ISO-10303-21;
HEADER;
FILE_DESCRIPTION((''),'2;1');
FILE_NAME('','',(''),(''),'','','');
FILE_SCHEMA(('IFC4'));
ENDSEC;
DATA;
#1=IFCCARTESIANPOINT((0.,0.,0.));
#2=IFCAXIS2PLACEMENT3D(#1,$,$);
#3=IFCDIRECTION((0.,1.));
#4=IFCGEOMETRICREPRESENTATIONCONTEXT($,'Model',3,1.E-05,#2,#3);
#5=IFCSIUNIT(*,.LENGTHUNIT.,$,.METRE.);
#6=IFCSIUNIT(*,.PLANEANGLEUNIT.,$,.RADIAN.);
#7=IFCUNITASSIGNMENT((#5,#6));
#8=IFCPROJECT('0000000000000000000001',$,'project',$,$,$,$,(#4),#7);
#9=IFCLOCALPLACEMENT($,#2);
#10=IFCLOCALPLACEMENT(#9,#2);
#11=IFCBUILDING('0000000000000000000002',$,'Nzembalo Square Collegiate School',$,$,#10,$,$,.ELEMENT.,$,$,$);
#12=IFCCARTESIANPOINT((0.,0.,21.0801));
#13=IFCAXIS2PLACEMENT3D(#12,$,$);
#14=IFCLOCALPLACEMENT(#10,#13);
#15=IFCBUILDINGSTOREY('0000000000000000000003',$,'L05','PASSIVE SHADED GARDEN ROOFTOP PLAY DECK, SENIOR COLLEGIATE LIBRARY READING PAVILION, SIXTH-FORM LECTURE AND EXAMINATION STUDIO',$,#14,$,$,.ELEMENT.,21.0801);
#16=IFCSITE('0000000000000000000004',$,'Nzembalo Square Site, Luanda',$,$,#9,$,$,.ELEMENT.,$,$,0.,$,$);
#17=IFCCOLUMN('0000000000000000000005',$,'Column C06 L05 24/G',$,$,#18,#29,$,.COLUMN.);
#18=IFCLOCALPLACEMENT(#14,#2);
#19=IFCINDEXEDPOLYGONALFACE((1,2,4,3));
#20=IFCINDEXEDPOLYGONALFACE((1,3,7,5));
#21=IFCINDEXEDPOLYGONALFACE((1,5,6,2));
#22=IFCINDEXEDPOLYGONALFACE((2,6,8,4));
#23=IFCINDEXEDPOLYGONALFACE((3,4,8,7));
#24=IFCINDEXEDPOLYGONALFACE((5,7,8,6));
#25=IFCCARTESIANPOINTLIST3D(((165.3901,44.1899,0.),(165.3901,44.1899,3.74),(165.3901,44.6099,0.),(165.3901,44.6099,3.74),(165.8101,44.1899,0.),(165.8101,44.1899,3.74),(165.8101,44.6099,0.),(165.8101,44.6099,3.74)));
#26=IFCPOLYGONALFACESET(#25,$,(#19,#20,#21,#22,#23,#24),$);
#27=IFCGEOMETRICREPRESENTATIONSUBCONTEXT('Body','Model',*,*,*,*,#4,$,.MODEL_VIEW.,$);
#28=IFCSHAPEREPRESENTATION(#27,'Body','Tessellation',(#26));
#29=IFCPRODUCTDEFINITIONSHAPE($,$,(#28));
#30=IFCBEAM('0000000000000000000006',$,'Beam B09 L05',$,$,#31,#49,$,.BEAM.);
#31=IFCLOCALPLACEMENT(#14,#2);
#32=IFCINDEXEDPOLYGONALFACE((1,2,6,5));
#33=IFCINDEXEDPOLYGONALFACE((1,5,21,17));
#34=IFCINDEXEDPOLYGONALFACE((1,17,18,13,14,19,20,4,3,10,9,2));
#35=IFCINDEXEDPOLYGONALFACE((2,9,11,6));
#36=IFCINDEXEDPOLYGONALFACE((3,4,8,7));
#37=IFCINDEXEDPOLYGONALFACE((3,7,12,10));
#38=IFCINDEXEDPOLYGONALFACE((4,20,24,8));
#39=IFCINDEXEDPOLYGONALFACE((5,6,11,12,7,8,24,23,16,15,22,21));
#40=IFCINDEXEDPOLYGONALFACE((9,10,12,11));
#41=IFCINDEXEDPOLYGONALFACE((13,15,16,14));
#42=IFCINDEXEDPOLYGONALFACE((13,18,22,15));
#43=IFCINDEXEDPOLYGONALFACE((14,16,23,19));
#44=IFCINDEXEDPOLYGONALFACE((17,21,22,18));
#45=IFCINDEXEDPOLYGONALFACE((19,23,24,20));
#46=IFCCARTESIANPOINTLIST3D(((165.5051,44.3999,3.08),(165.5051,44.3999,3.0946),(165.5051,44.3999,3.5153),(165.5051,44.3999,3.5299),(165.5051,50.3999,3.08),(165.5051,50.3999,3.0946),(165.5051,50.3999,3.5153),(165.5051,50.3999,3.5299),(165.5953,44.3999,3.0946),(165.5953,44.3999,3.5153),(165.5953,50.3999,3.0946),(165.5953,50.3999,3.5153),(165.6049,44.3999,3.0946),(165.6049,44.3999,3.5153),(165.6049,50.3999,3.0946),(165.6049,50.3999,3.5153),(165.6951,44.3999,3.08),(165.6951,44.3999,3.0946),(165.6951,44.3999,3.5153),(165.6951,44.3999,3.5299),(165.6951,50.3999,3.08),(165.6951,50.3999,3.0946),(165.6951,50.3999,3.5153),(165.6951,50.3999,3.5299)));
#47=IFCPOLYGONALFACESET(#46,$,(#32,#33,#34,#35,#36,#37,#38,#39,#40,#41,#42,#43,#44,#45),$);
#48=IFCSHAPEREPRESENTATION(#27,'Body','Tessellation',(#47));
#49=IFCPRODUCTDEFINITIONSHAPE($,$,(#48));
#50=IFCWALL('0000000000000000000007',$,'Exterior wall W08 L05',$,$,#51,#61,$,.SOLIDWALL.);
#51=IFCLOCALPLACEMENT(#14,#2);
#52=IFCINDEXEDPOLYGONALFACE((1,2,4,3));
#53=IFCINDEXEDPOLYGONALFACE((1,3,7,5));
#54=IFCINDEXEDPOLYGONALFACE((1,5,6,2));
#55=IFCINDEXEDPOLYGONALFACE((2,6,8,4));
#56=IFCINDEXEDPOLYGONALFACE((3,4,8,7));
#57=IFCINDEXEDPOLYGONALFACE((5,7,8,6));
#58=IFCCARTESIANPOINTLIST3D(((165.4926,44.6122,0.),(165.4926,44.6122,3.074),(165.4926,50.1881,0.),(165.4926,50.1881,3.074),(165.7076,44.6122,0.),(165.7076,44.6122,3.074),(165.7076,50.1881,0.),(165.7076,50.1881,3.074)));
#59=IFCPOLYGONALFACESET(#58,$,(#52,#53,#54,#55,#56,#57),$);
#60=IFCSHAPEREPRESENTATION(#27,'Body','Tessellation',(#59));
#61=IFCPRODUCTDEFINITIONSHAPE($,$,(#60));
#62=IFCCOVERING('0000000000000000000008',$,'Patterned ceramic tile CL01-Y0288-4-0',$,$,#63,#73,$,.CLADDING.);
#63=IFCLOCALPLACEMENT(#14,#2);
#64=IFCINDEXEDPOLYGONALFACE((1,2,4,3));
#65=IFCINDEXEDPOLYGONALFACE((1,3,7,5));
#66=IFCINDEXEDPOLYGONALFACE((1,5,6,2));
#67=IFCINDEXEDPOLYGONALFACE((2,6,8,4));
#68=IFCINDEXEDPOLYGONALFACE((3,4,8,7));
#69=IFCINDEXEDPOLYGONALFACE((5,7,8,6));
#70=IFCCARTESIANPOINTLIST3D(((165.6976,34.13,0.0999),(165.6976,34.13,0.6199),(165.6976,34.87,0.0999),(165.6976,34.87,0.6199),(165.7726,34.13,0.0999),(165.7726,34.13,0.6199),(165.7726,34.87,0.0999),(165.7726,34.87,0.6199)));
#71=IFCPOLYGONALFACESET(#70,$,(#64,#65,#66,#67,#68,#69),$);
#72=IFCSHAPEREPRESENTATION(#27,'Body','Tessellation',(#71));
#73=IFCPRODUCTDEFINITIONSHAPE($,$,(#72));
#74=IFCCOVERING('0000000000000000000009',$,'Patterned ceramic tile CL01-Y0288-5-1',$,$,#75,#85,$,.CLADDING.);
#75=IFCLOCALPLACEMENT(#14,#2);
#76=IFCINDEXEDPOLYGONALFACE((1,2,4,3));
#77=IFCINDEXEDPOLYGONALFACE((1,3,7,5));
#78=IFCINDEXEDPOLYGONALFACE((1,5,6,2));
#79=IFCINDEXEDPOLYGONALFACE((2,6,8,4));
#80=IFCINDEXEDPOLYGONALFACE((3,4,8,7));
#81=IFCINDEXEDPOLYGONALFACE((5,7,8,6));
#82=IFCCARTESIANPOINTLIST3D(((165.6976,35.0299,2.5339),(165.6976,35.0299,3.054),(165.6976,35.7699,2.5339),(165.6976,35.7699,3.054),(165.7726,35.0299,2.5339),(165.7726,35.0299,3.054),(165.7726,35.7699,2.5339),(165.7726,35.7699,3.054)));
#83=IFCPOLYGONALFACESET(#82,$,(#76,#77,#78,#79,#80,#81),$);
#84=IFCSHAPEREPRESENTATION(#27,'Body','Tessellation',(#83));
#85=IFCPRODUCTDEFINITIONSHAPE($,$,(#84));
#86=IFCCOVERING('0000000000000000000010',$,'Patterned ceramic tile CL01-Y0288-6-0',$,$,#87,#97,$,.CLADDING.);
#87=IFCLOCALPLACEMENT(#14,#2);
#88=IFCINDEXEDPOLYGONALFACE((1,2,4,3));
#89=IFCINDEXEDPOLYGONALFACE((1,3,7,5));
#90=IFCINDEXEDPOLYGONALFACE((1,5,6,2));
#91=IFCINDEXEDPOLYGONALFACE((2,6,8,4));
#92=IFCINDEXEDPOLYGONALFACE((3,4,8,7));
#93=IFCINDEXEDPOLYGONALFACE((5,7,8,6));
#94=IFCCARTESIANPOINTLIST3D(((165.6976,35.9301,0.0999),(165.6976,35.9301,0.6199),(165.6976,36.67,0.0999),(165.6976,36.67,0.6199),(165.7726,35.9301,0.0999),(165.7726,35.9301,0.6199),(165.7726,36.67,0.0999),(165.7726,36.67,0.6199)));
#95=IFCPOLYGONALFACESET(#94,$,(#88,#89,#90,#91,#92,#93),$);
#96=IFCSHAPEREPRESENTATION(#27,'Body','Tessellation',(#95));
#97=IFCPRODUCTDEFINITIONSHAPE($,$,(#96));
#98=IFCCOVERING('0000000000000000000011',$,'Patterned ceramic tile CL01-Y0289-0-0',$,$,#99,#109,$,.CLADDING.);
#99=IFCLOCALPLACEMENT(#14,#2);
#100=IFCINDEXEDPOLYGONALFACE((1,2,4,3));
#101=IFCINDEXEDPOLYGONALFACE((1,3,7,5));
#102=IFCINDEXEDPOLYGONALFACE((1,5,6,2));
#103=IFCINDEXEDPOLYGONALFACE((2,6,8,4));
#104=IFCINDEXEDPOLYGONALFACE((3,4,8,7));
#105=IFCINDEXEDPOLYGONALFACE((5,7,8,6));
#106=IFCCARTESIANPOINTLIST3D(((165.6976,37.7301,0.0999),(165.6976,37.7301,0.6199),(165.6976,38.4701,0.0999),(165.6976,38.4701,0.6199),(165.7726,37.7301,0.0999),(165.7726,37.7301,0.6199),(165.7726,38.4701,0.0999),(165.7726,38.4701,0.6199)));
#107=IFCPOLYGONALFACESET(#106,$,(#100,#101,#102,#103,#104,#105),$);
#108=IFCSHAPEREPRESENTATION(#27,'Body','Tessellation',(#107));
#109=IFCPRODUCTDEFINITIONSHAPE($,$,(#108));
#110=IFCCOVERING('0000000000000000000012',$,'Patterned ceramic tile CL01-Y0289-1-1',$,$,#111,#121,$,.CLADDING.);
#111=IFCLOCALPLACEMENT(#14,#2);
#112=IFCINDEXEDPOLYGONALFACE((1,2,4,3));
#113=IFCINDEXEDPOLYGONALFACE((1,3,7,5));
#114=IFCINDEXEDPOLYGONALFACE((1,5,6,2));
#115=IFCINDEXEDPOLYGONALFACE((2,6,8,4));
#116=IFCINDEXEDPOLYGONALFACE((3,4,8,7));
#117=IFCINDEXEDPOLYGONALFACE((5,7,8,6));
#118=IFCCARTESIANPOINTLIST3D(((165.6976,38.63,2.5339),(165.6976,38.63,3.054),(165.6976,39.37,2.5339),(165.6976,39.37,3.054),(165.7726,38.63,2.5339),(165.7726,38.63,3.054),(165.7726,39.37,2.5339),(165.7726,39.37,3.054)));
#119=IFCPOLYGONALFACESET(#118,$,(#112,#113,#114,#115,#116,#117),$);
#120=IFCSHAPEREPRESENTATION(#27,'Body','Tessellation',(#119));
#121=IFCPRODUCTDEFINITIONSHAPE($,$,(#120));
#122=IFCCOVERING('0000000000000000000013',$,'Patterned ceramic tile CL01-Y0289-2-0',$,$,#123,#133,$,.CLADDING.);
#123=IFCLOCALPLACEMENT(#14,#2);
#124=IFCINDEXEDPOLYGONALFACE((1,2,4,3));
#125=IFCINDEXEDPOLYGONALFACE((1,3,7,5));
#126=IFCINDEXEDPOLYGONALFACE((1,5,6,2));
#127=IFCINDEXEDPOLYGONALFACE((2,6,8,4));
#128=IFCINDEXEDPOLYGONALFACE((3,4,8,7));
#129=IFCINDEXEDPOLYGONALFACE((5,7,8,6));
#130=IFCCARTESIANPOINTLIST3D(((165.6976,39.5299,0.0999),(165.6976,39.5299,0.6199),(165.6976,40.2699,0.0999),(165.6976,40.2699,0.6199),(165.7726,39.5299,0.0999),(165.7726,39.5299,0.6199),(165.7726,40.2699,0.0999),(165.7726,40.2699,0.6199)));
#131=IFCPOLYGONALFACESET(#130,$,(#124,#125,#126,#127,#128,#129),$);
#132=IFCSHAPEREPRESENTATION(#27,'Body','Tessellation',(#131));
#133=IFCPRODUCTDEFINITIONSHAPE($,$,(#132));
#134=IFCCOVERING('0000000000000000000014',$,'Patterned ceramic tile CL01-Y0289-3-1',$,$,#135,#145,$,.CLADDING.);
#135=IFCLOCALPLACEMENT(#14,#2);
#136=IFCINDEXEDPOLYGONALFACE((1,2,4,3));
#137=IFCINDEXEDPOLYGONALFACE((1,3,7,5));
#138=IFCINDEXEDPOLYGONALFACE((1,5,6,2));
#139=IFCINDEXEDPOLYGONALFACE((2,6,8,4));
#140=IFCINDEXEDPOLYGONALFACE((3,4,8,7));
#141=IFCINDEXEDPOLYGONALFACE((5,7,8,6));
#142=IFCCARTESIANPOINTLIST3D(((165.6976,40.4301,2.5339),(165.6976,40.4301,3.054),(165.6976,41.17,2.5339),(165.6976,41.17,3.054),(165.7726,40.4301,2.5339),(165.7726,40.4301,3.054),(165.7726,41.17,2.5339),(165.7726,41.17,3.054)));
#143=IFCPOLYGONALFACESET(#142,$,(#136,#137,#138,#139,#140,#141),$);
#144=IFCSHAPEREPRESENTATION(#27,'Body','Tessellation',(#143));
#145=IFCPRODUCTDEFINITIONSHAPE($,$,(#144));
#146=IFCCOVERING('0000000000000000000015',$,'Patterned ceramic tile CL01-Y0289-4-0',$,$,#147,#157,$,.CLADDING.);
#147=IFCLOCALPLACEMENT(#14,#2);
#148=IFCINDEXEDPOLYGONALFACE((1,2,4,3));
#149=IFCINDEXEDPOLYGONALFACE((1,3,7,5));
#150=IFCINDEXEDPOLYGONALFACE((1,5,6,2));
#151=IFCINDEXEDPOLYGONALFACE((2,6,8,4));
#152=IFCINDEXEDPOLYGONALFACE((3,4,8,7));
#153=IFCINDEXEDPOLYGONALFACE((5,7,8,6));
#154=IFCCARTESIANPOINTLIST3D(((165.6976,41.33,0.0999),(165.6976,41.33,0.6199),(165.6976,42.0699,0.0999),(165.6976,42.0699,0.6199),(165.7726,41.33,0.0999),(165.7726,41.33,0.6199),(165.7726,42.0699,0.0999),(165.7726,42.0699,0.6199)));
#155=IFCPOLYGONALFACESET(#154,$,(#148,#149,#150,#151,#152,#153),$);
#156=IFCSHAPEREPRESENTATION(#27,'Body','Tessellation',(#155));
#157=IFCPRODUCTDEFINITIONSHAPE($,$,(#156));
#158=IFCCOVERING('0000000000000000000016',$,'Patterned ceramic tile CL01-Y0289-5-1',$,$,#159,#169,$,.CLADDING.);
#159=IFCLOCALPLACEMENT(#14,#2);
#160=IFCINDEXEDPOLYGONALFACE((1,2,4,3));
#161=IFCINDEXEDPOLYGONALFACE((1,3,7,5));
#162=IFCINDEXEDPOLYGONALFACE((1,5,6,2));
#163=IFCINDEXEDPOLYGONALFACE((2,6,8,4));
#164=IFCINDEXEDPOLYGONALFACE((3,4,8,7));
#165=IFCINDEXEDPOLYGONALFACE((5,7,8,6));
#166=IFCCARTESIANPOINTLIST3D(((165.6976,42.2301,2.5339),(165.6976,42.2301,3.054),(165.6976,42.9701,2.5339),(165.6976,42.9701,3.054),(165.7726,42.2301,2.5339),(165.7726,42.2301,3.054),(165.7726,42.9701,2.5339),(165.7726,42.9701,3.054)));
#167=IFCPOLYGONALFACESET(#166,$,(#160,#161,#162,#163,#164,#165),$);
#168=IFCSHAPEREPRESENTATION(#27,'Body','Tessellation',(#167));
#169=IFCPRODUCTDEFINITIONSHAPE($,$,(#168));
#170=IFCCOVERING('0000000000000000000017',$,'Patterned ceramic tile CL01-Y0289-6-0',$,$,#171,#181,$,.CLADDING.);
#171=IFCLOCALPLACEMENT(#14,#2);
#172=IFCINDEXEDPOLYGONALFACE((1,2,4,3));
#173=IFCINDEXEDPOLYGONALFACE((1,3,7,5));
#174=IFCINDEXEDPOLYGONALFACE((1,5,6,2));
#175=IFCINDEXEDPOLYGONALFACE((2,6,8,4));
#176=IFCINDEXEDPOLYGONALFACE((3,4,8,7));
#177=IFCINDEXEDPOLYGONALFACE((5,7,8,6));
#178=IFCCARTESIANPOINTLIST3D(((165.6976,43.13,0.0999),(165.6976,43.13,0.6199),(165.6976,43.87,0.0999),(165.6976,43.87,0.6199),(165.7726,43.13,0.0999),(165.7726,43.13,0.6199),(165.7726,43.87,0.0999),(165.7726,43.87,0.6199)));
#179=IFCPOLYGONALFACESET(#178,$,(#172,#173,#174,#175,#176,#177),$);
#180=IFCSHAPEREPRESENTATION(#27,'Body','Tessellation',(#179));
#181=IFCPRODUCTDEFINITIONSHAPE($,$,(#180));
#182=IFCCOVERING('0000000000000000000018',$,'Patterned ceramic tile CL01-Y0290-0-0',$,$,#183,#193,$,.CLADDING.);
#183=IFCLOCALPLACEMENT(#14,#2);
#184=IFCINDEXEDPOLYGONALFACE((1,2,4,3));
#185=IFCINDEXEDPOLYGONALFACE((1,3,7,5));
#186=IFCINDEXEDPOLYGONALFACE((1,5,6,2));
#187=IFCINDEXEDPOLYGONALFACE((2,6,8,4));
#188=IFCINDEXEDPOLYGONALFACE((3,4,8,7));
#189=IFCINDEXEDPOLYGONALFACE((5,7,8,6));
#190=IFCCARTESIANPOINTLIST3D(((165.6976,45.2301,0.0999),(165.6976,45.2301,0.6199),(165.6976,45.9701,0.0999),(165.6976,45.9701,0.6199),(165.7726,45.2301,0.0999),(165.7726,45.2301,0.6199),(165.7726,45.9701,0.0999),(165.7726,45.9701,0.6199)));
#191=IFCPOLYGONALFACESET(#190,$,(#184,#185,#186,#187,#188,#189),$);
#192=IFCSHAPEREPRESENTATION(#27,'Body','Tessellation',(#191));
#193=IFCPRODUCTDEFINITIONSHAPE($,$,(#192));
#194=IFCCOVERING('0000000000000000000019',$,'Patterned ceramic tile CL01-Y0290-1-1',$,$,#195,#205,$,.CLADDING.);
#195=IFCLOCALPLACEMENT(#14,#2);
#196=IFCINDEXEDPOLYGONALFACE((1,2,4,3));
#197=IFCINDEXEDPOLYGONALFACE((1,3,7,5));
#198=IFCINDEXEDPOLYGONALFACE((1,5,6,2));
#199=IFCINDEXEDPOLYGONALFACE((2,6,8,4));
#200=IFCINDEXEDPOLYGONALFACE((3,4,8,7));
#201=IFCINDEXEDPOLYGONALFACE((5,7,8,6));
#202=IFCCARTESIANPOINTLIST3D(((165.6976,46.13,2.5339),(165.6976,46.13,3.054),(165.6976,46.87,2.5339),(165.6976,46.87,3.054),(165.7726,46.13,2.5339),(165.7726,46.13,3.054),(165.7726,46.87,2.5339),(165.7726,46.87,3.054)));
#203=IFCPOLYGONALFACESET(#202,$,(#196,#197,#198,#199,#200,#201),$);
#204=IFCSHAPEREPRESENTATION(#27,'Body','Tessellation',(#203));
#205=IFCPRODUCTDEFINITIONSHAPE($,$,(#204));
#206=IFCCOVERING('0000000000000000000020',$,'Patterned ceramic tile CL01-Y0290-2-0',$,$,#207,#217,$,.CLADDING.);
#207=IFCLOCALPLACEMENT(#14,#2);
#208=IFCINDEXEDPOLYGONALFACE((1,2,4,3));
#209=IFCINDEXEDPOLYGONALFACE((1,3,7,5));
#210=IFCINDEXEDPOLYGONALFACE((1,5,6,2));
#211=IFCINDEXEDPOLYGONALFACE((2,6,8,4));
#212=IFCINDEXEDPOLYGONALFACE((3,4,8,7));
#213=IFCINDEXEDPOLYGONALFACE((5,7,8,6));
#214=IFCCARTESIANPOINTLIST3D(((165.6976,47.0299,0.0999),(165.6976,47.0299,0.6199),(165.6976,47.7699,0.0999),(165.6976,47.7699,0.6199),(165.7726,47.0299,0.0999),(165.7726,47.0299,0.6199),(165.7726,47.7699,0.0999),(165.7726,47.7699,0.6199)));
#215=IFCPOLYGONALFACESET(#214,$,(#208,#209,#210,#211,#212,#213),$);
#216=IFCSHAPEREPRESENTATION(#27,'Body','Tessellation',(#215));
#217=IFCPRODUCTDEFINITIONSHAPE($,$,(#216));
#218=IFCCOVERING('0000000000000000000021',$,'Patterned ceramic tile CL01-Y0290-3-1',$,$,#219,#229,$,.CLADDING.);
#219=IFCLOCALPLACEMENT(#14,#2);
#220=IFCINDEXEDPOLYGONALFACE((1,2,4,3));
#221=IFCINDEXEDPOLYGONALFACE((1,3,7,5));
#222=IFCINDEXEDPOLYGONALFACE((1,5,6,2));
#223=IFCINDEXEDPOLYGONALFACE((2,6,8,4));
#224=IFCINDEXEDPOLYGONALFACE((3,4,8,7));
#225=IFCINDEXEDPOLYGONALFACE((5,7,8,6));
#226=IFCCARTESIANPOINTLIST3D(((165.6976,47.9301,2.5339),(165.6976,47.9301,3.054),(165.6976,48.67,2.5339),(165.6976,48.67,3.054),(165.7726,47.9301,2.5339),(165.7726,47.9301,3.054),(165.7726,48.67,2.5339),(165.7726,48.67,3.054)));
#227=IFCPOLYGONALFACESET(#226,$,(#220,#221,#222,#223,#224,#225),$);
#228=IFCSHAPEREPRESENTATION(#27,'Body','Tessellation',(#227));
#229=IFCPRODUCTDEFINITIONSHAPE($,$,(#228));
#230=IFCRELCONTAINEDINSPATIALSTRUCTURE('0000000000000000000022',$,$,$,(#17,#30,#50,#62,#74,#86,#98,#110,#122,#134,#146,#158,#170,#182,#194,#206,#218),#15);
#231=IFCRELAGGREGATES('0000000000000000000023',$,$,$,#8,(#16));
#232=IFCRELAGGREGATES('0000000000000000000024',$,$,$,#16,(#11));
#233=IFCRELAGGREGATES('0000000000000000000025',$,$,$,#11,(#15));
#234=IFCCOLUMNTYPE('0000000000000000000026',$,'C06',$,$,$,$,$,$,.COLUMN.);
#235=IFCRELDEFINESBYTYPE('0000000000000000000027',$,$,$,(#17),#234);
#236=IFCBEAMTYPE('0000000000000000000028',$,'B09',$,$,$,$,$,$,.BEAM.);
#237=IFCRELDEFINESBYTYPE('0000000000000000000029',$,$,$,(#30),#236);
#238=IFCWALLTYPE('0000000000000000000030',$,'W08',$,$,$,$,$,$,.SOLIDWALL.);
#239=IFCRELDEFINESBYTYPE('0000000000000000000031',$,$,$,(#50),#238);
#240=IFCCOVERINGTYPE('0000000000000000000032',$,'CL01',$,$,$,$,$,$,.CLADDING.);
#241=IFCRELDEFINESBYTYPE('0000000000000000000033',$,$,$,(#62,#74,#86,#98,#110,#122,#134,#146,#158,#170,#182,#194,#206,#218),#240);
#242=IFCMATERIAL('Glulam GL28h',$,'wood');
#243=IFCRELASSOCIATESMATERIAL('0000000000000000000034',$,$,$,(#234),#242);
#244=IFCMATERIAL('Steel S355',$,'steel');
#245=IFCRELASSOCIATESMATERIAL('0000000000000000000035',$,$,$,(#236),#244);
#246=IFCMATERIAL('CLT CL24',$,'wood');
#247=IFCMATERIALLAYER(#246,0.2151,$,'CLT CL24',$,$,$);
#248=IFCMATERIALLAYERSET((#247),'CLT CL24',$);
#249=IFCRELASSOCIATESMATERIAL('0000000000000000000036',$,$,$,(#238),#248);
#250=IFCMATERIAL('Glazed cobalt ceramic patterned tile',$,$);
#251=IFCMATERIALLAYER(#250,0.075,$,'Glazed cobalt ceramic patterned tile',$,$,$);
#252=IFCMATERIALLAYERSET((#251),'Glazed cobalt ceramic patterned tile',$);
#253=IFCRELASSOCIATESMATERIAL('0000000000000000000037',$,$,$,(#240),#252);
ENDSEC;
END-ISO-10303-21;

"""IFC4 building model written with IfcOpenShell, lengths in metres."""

from ifc_helpers import new_model, si_unit, direction, frame, frame_2d, origin, origin_2d, place, context, subcontext, project, spatial, rectangle, i_section, extrude, material, layer, layer_set, material_profile, profile_set, type_object, element, save


model = new_model("IFC4")

# Units and contexts
model_context = context("Model", 3, precision=1e-05, world=origin(), true_north=direction((0.0, 1.0)))
body_context = subcontext(model_context, "Body", "Model", "MODEL_VIEW")
ifc_project = project(units=[si_unit("LENGTHUNIT", "METRE"), si_unit("PLANEANGLEUNIT", "RADIAN")], contexts=[model_context])

# Site, building, storey
site_placement = place(None, origin())
site = spatial("IfcSite", under=ifc_project, at=site_placement, Name="Nzembalo Square Site, Luanda", CompositionType="ELEMENT", RefElevation=0.0)
building_placement = place(site_placement, origin())
building = spatial("IfcBuilding", under=site, at=building_placement, Name="Nzembalo Square Collegiate School", CompositionType="ELEMENT")
storey_placement = place(building_placement, frame((0.0, 0.0, 21.0801)))
storey = spatial("IfcBuildingStorey", under=building, at=storey_placement, Name="L05", Description="PASSIVE SHADED GARDEN ROOFTOP PLAY DECK, SENIOR COLLEGIATE LIBRARY READING PAVILION, SIXTH-FORM LECTURE AND EXAMINATION STUDIO", CompositionType="ELEMENT", Elevation=21.0801)

# Column
ifc_material_1 = material(Name="Glulam GL28h", Category="wood")
ifc_material_profile_1 = material_profile(ifc_material_1, rectangle(XDim=0.4199, YDim=0.4199, at=origin_2d()), Name="GL28h 420x420")
ifc_profile_set_1 = profile_set([ifc_material_profile_1], Name="Glulam GL28h")
column_type = type_object("IfcColumnType", Name="C06", PredefinedType="COLUMN", material=ifc_profile_set_1)
column_placement = place(storey_placement, frame((165.6001, 44.3999, 0.0), z_axis=(0.0, 0.0, 1.0), x_axis=(1.0, 0.0, 0.0)))
element("IfcColumn", 1, at=column_placement, inside=storey, type_object=column_type, Name="Column C06 L05 24/G", PredefinedType="COLUMN", context=body_context, shape_type="SweptSolid", body=[
    extrude(rectangle(XDim=0.4199, YDim=0.4199, at=origin_2d()), origin(), (0.0, 0.0, 1.0), 3.74),
])

# Beam
ifc_material_2 = material(Name="Steel S355", Category="steel")
ifc_material_profile_2 = material_profile(ifc_material_2, i_section(OverallWidth=0.1899, OverallDepth=0.45, WebThickness=0.0095, FlangeThickness=0.0146, at=origin_2d()), Name="IPE 450")
ifc_profile_set_2 = profile_set([ifc_material_profile_2], Name="Steel S355")
beam_type = type_object("IfcBeamType", Name="B09", PredefinedType="BEAM", material=ifc_profile_set_2)
beam_placement = place(storey_placement, frame((165.6001, 44.3999, 3.3049), z_axis=(0.0, 1.0, 0.0), x_axis=(-1.0, 0.0, 0.0)))
element("IfcBeam", 2, at=beam_placement, inside=storey, type_object=beam_type, Name="Beam B09 L05", PredefinedType="BEAM", context=body_context, shape_type="SweptSolid", body=[
    extrude(i_section(OverallWidth=0.1899, OverallDepth=0.45, WebThickness=0.0095, FlangeThickness=0.0146, at=origin_2d()), origin(), (0.0, 0.0, 1.0), 6.0),
])

# Wall
ifc_material_3 = material(Name="CLT CL24", Category="wood")
ifc_layer_1 = layer(ifc_material_3, 0.2151, Name="CLT CL24")
ifc_layer_set_1 = layer_set([ifc_layer_1], Name="CLT CL24")
wall_type = type_object("IfcWallType", Name="W08", PredefinedType="SOLIDWALL", material=ifc_layer_set_1)
wall_placement = place(storey_placement, frame((165.6001, 44.6121, 0.0), z_axis=(0.0, 0.0, 1.0), x_axis=(0.0, 1.0, 0.0)))
element("IfcWall", 3, at=wall_placement, inside=storey, type_object=wall_type, Name="Exterior wall W08 L05", PredefinedType="SOLIDWALL", context=body_context, shape_type="SweptSolid", body=[
    extrude(rectangle(XDim=5.5759, YDim=0.2151, at=frame_2d((2.7881, 0.0))), origin(), (0.0, 0.0, 1.0), 3.074),
])

# Coverings
ifc_material_4 = material(Name="Glazed cobalt ceramic patterned tile")
ifc_layer_2 = layer(ifc_material_4, 0.075, Name="Glazed cobalt ceramic patterned tile")
ifc_layer_set_2 = layer_set([ifc_layer_2], Name="Glazed cobalt ceramic patterned tile")
covering_type_1 = type_object("IfcCoveringType", Name="CL01", PredefinedType="CLADDING", material=ifc_layer_set_2)
for number, where, z_axis, x_axis, name in (
    (4, (165.7351, 34.5, 0.0999), (0.0, 0.0, 1.0), (1.0, 0.0, 0.0), "Patterned ceramic tile CL01-Y0288-4-0"),
    (5, (165.7351, 35.3999, 2.5339), (0.0, 0.0, 1.0), (1.0, 0.0, 0.0), "Patterned ceramic tile CL01-Y0288-5-1"),
    (6, (165.7351, 36.3, 0.0999), (0.0, 0.0, 1.0), (1.0, 0.0, 0.0), "Patterned ceramic tile CL01-Y0288-6-0"),
    (7, (165.7351, 38.1001, 0.0999), (0.0, 0.0, 1.0), (1.0, 0.0, 0.0), "Patterned ceramic tile CL01-Y0289-0-0"),
    (8, (165.7351, 39.0, 2.5339), (0.0, 0.0, 1.0), (1.0, 0.0, 0.0), "Patterned ceramic tile CL01-Y0289-1-1"),
    (9, (165.7351, 39.8999, 0.0999), (0.0, 0.0, 1.0), (1.0, 0.0, 0.0), "Patterned ceramic tile CL01-Y0289-2-0"),
    (10, (165.7351, 40.8, 2.5339), (0.0, 0.0, 1.0), (1.0, 0.0, 0.0), "Patterned ceramic tile CL01-Y0289-3-1"),
    (11, (165.7351, 41.7, 0.0999), (0.0, 0.0, 1.0), (1.0, 0.0, 0.0), "Patterned ceramic tile CL01-Y0289-4-0"),
    (12, (165.7351, 42.6001, 2.5339), (0.0, 0.0, 1.0), (1.0, 0.0, 0.0), "Patterned ceramic tile CL01-Y0289-5-1"),
    (13, (165.7351, 43.5, 0.0999), (0.0, 0.0, 1.0), (1.0, 0.0, 0.0), "Patterned ceramic tile CL01-Y0289-6-0"),
    (14, (165.7351, 45.6001, 0.0999), (0.0, 0.0, 1.0), (1.0, 0.0, 0.0), "Patterned ceramic tile CL01-Y0290-0-0"),
    (15, (165.7351, 46.5, 2.5339), (0.0, 0.0, 1.0), (1.0, 0.0, 0.0), "Patterned ceramic tile CL01-Y0290-1-1"),
    (16, (165.7351, 47.3999, 0.0999), (0.0, 0.0, 1.0), (1.0, 0.0, 0.0), "Patterned ceramic tile CL01-Y0290-2-0"),
    (17, (165.7351, 48.3, 2.5339), (0.0, 0.0, 1.0), (1.0, 0.0, 0.0), "Patterned ceramic tile CL01-Y0290-3-1"),
):
    element("IfcCovering", number, at=place(storey_placement, frame(where, z_axis=z_axis, x_axis=x_axis)), inside=storey, type_object=covering_type_1, Name=name, PredefinedType="CLADDING", context=body_context, shape_type="SweptSolid", body=[
        extrude(rectangle(XDim=0.075, YDim=0.74, at=origin_2d()), origin(), (0.0, 0.0, 1.0), 0.52),
    ])

save(model, "model.ifc")
